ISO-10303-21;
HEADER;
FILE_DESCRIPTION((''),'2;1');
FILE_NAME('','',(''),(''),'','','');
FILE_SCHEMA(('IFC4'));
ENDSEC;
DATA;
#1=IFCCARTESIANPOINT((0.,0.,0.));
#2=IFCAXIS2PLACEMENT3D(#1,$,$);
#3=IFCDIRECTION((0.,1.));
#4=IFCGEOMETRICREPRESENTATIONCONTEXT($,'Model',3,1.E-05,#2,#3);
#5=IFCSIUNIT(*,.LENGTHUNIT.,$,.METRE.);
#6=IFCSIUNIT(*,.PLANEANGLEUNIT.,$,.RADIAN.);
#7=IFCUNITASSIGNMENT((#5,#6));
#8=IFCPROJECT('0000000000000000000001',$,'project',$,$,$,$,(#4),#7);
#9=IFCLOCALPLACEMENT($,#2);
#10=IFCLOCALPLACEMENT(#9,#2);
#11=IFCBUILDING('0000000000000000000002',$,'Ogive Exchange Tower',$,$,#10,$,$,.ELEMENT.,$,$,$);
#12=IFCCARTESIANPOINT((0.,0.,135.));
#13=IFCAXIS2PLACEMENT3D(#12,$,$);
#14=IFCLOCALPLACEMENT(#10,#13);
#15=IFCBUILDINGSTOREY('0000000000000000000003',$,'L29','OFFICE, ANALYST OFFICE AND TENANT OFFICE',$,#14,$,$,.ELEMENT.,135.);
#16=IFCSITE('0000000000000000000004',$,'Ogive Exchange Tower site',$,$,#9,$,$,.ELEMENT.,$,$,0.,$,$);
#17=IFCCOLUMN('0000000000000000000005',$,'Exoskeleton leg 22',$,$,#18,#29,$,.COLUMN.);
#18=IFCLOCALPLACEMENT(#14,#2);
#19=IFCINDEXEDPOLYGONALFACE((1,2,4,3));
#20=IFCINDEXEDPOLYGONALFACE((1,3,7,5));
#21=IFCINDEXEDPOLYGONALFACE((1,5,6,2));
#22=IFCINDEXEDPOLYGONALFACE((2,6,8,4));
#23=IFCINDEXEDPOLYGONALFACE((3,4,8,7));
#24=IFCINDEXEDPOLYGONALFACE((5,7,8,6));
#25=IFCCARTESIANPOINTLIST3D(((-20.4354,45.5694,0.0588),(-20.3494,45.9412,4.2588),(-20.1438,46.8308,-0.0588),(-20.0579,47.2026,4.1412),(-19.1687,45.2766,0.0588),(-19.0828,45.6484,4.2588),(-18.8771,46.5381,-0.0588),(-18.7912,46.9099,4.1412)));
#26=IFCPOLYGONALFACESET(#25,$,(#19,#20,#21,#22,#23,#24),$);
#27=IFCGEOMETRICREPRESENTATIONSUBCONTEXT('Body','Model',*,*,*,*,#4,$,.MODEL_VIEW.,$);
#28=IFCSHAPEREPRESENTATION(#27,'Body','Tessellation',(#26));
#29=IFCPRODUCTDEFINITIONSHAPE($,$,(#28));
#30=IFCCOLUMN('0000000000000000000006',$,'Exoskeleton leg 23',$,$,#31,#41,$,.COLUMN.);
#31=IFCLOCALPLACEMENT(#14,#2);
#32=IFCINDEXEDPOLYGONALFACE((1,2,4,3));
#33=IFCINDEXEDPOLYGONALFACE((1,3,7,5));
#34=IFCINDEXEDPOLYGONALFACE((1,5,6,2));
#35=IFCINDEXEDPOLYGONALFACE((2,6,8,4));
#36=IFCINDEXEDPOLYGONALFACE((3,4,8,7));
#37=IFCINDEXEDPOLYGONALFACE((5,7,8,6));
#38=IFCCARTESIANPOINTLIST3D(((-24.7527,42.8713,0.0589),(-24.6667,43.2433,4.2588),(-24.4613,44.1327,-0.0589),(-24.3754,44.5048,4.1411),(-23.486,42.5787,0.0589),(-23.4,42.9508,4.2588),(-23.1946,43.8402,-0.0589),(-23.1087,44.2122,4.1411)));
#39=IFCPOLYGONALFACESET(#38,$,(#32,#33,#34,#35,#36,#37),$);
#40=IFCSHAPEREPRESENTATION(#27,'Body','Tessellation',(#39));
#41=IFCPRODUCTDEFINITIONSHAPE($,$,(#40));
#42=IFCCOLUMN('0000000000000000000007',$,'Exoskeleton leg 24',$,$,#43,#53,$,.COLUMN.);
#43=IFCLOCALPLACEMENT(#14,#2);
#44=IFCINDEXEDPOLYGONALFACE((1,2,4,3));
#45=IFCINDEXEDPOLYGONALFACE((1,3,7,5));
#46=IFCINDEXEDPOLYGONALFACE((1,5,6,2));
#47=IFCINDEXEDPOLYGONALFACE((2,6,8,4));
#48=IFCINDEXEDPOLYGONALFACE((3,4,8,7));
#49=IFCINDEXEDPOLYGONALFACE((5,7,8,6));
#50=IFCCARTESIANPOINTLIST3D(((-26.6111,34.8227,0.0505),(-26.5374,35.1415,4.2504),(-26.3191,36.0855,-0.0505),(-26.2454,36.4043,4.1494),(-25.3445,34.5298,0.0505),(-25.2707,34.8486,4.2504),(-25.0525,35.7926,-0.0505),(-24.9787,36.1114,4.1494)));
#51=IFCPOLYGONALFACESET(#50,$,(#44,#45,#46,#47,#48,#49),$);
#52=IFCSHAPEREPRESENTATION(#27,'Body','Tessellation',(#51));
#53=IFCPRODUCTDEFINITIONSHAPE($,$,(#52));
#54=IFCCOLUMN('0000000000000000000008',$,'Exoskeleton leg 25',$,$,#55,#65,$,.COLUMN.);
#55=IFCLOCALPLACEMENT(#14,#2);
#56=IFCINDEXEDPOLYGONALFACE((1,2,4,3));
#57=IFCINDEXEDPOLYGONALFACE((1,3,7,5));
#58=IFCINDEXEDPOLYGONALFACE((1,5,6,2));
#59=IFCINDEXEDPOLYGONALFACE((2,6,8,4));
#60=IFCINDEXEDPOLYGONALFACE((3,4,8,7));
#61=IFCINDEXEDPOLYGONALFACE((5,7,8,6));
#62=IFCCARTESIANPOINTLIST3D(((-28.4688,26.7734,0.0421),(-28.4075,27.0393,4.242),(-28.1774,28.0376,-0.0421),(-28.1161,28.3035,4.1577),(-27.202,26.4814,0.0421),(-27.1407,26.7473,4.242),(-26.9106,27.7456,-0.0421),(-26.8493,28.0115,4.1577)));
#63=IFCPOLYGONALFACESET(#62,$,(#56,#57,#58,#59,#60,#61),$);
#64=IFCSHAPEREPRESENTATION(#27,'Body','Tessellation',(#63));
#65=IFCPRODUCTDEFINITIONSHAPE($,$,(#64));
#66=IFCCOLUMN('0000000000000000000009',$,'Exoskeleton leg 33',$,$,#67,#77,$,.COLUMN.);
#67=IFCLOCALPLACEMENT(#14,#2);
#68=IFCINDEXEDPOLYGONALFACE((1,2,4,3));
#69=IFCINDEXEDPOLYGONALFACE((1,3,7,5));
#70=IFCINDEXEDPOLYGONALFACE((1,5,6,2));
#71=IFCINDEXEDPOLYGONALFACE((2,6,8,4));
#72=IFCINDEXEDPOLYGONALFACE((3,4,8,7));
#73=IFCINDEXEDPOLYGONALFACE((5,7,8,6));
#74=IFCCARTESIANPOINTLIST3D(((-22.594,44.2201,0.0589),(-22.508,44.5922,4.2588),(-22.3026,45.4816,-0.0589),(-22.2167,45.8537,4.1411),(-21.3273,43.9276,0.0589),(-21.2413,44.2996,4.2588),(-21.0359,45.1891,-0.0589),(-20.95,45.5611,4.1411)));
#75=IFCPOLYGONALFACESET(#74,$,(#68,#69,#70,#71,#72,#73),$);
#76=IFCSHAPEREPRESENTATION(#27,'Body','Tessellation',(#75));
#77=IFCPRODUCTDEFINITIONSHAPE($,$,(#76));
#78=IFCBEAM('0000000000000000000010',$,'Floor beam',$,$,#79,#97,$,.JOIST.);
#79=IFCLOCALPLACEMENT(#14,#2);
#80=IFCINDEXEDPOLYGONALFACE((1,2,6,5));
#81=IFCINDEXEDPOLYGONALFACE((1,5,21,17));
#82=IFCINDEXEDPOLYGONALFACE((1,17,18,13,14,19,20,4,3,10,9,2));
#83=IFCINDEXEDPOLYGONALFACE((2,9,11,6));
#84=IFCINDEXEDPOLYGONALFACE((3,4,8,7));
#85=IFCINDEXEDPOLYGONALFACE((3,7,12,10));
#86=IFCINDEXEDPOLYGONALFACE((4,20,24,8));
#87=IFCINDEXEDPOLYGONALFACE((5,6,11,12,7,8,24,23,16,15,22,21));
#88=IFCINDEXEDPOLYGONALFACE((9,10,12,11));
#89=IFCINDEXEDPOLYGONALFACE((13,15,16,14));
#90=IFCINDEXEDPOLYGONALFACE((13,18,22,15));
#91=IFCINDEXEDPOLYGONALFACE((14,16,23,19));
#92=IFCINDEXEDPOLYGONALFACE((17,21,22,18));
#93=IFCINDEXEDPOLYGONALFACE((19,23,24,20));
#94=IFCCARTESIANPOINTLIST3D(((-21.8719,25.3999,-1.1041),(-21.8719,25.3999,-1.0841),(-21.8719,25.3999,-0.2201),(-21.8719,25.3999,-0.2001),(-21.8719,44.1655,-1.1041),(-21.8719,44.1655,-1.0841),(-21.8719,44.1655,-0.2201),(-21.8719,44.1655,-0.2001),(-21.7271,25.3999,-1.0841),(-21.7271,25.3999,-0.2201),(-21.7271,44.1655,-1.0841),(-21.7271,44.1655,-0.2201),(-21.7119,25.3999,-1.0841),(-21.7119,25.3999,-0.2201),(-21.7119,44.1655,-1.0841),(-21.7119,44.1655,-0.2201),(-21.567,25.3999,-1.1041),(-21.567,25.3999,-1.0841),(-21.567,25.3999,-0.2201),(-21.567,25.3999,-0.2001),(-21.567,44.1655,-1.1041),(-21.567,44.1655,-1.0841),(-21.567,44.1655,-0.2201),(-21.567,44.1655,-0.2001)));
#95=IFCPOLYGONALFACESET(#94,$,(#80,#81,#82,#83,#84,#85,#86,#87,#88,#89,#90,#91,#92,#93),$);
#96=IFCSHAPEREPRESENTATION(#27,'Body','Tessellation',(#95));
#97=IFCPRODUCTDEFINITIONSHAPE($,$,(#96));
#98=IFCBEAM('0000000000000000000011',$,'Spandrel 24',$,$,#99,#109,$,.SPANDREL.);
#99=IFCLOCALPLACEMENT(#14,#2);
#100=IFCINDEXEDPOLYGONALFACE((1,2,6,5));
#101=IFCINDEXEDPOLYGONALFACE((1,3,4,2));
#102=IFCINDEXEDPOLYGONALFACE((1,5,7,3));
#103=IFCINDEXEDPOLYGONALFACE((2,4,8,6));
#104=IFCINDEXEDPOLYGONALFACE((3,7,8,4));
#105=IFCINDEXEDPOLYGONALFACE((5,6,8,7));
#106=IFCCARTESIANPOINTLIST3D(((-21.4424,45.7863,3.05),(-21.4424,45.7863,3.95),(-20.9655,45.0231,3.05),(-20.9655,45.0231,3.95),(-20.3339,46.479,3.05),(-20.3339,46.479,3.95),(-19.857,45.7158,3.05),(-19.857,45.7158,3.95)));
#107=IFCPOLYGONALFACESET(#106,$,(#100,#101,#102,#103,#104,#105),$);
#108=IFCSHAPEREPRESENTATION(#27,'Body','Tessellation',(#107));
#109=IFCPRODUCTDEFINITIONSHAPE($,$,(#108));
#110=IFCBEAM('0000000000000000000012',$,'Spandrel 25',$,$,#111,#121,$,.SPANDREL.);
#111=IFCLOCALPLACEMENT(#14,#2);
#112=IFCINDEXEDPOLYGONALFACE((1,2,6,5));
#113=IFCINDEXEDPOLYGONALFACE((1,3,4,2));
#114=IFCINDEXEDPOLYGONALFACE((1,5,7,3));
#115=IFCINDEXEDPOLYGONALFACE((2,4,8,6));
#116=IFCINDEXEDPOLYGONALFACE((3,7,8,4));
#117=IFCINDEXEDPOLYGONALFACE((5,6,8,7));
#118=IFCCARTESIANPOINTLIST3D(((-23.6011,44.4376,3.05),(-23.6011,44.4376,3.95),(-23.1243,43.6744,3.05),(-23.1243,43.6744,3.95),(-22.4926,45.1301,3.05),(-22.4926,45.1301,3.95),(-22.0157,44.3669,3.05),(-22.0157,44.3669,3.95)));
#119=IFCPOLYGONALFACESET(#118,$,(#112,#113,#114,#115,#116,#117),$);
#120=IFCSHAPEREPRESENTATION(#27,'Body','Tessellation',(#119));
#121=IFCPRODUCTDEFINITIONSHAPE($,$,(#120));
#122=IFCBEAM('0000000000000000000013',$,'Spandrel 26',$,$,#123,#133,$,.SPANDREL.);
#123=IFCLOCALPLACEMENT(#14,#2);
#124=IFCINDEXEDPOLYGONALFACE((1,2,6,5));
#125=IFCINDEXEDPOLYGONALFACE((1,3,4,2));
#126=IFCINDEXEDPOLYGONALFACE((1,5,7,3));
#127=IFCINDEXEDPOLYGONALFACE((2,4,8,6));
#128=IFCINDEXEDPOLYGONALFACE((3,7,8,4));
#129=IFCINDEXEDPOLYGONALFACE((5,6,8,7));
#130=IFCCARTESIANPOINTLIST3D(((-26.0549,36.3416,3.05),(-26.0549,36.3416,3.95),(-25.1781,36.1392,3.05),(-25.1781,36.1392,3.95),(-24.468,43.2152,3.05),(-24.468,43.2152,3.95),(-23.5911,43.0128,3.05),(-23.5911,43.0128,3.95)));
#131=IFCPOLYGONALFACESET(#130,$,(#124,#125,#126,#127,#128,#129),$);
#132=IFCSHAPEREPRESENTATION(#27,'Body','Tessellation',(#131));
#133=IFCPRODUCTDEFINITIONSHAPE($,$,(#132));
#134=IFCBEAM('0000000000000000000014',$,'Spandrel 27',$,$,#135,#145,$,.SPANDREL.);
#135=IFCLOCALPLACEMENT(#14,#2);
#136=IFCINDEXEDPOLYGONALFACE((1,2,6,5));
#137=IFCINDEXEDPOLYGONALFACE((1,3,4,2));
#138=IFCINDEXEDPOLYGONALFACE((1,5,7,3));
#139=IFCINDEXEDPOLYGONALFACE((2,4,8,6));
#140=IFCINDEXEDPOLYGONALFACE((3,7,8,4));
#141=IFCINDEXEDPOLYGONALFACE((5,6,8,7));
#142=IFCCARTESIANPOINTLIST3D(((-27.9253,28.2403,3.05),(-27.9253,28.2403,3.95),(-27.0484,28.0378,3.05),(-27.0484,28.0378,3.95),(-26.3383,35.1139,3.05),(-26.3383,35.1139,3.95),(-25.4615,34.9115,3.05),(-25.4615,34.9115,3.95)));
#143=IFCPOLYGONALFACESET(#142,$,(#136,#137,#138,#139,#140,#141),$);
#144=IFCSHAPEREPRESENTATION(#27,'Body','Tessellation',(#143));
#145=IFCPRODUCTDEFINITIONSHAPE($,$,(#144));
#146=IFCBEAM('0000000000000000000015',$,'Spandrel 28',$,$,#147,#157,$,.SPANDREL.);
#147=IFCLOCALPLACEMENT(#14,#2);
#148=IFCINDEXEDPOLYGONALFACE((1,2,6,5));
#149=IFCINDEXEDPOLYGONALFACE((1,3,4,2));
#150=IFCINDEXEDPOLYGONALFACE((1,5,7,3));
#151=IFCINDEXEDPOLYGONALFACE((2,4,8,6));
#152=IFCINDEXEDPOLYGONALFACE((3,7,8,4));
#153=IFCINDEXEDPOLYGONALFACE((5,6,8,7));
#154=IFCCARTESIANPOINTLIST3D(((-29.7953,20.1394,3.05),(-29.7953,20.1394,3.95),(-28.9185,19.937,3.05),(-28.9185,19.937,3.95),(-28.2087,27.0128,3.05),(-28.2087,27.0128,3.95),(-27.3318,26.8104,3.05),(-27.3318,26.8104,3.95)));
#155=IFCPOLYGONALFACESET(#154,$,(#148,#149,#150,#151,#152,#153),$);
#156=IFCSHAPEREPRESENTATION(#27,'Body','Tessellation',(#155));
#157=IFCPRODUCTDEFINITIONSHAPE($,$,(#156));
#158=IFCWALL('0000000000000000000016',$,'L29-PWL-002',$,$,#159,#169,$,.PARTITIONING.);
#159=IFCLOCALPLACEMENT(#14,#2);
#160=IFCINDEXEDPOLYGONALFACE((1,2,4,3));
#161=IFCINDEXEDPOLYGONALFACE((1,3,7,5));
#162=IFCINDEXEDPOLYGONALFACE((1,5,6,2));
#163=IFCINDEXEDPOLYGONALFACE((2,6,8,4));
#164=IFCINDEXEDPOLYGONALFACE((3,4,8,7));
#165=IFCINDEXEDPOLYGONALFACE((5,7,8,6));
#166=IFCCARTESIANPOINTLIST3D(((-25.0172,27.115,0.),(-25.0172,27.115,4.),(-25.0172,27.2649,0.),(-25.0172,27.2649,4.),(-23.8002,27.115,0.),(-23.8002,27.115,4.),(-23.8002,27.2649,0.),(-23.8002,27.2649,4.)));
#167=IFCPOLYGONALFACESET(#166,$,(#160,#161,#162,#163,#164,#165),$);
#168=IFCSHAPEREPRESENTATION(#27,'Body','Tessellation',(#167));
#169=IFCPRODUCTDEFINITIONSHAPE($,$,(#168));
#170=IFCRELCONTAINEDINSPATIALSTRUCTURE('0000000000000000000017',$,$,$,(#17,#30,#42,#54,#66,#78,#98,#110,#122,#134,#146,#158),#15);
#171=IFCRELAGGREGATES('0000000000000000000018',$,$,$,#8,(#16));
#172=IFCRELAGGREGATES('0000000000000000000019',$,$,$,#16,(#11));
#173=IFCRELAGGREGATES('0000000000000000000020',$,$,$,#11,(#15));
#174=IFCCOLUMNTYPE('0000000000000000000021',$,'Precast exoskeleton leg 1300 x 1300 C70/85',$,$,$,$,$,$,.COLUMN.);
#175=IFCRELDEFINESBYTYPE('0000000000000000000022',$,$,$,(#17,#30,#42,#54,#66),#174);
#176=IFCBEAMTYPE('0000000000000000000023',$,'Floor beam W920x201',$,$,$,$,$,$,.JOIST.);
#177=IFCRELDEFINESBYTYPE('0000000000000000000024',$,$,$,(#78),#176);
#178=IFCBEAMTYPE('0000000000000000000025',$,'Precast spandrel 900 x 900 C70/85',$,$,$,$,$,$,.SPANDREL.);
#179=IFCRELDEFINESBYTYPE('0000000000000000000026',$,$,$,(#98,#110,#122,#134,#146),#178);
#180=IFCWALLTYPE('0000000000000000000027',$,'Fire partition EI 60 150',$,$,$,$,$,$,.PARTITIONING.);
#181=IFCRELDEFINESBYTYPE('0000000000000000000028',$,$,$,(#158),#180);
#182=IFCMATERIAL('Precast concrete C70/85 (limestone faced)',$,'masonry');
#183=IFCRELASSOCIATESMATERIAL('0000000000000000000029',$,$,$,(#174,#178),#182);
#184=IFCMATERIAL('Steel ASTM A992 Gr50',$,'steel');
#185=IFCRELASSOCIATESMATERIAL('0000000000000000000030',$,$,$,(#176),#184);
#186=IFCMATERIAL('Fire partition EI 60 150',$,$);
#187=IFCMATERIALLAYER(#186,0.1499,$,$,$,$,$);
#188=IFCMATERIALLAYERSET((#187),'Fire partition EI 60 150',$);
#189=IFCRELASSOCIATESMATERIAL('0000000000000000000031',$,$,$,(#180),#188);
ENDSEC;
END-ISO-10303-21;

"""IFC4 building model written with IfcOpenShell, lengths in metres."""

from ifc_helpers import new_model, si_unit, direction, frame, frame_2d, origin, origin_2d, place, context, subcontext, project, spatial, rectangle, i_section, extrude, material, layer, layer_set, material_profile, profile_set, type_object, element, save


model = new_model("IFC4")

# Units and contexts
model_context = context("Model", 3, precision=1e-05, world=origin(), true_north=direction((0.0, 1.0)))
body_context = subcontext(model_context, "Body", "Model", "MODEL_VIEW")
ifc_project = project(units=[si_unit("LENGTHUNIT", "METRE"), si_unit("PLANEANGLEUNIT", "RADIAN")], contexts=[model_context])

# Site, building, storey
site_placement = place(None, origin())
site = spatial("IfcSite", under=ifc_project, at=site_placement, Name="Ogive Exchange Tower site", CompositionType="ELEMENT", RefElevation=0.0)
building_placement = place(site_placement, origin())
building = spatial("IfcBuilding", under=site, at=building_placement, Name="Ogive Exchange Tower", CompositionType="ELEMENT")
storey_placement = place(building_placement, frame((0.0, 0.0, 135.0)))
storey = spatial("IfcBuildingStorey", under=building, at=storey_placement, Name="L29", Description="OFFICE, ANALYST OFFICE AND TENANT OFFICE", CompositionType="ELEMENT", Elevation=135.0)

# Columns
ifc_material_1 = material(Name="Precast concrete C70/85 (limestone faced)", Category="masonry")
ifc_material_profile_1 = material_profile(ifc_material_1, rectangle(XDim=1.3, YDim=1.3, at=origin_2d()), Name="1300 x 1300")
ifc_profile_set_1 = profile_set([ifc_material_profile_1], Name="Precast concrete C70/85 (limestone faced)")
column_type = type_object("IfcColumnType", Name="Precast exoskeleton leg 1300 x 1300 C70/85", PredefinedType="COLUMN", material=ifc_profile_set_1)
for number, where, z_axis, x_axis, name in (
    (1, (-19.6562, 46.0537, 0.0), (0.020378, 0.088168, 0.995897), (-0.974316, 0.225187, 0.0), "Exoskeleton leg 22"),
    (2, (-23.9736, 43.3557, 0.0), (0.020377, 0.088225, 0.995892), (-0.974348, 0.225046, 0.0), "Exoskeleton leg 23"),
):
    element("IfcColumn", number, at=place(storey_placement, frame(where, z_axis=z_axis, x_axis=x_axis)), inside=storey, type_object=column_type, Name=name, PredefinedType="COLUMN", context=body_context, shape_type="SweptSolid", body=[
        extrude(rectangle(XDim=1.3, YDim=1.3, at=origin_2d()), origin(), (0.0, 0.0, 1.0), 4.2173),
    ])
column_1_placement = place(storey_placement, frame((-25.8318, 35.3076, 0.0), z_axis=(0.017502, 0.075688, 0.996978), x_axis=(-0.974291, 0.225295, 0.0)))
element("IfcColumn", 3, at=column_1_placement, inside=storey, type_object=column_type, Name="Exoskeleton leg 24", PredefinedType="COLUMN", context=body_context, shape_type="SweptSolid", body=[
    extrude(rectangle(XDim=1.3, YDim=1.3, at=origin_2d()), origin(), (0.0, 0.0, 1.0), 4.2126),
])
column_2_placement = place(storey_placement, frame((-27.6897, 27.2595, 0.0), z_axis=(0.01456, 0.06317, 0.997897), x_axis=(-0.974451, 0.224598, 0.0)))
element("IfcColumn", 4, at=column_2_placement, inside=storey, type_object=column_type, Name="Exoskeleton leg 25", PredefinedType="COLUMN", context=body_context, shape_type="SweptSolid", body=[
    extrude(rectangle(XDim=1.3, YDim=1.3, at=origin_2d()), origin(), (0.0, 0.0, 1.0), 4.2087),
])
column_3_placement = place(storey_placement, frame((-21.8149, 44.7046, 0.0), z_axis=(0.020377, 0.088225, 0.995892), x_axis=(-0.974348, 0.225046, 0.0)))
element("IfcColumn", 5, at=column_3_placement, inside=storey, type_object=column_type, Name="Exoskeleton leg 33", PredefinedType="COLUMN", context=body_context, shape_type="SweptSolid", body=[
    extrude(rectangle(XDim=1.3, YDim=1.3, at=origin_2d()), origin(), (0.0, 0.0, 1.0), 4.2173),
])

# Beams
ifc_material_2 = material(Name="Steel ASTM A992 Gr50", Category="steel")
ifc_material_profile_2 = material_profile(ifc_material_2, i_section(OverallWidth=0.3049, OverallDepth=0.9041, WebThickness=0.0151, FlangeThickness=0.02, at=origin_2d()), Name="W920x201")
ifc_profile_set_2 = profile_set([ifc_material_profile_2], Name="Steel ASTM A992 Gr50")
beam_type_1 = type_object("IfcBeamType", Name="Floor beam W920x201", PredefinedType="JOIST", material=ifc_profile_set_2)
beam_1_placement = place(storey_placement, frame((-21.7195, 25.3999, -0.6521), z_axis=(0.0, 1.0, 0.0), x_axis=(-1.0, 0.0, 0.0)))
element("IfcBeam", 6, at=beam_1_placement, inside=storey, type_object=beam_type_1, Name="Floor beam", PredefinedType="JOIST", context=body_context, shape_type="SweptSolid", body=[
    extrude(i_section(OverallWidth=0.3049, OverallDepth=0.9041, WebThickness=0.0151, FlangeThickness=0.02, at=origin_2d()), origin(), (0.0, 0.0, 1.0), 18.7656),
])
ifc_material_profile_3 = material_profile(ifc_material_1, rectangle(XDim=0.8999, YDim=0.8999, at=origin_2d()), Name="900 x 900")
ifc_profile_set_3 = profile_set([ifc_material_profile_3], Name="Precast concrete C70/85 (limestone faced)")
beam_type_2 = type_object("IfcBeamType", Name="Precast spandrel 900 x 900 C70/85", PredefinedType="SPANDREL", material=ifc_profile_set_3)
for number, where, z_axis, x_axis, name in (
    (7, (-20.0955, 46.0974, 3.5), (-0.84804, -0.529932, 0.0), (0.529932, -0.84804, 0.0), "Spandrel 24"),
    (8, (-22.2542, 44.7485, 3.5), (-0.848093, -0.529848, 0.0), (0.529848, -0.848093, 0.0), "Spandrel 25"),
):
    element("IfcBeam", number, at=place(storey_placement, frame(where, z_axis=z_axis, x_axis=x_axis)), inside=storey, type_object=beam_type_2, Name=name, PredefinedType="SPANDREL", context=body_context, shape_type="SweptSolid", body=[
        extrude(rectangle(XDim=0.8999, YDim=0.8999, at=origin_2d()), origin(), (0.0, 0.0, 1.0), 1.3071),
    ])
for number, where, z_axis, x_axis, name in (
    (9, (-24.0295, 43.114, 3.5), (-0.224956, -0.974369, 0.0), (0.974369, -0.224956, 0.0), "Spandrel 26"),
    (10, (-25.8999, 35.0127, 3.5), (-0.224956, -0.974369, 0.0), (0.974369, -0.224956, 0.0), "Spandrel 27"),
):
    element("IfcBeam", number, at=place(storey_placement, frame(where, z_axis=z_axis, x_axis=x_axis)), inside=storey, type_object=beam_type_2, Name=name, PredefinedType="SPANDREL", context=body_context, shape_type="SweptSolid", body=[
        extrude(rectangle(XDim=0.8999, YDim=0.8999, at=origin_2d()), origin(), (0.0, 0.0, 1.0), 7.0544),
    ])
beam_2_placement = place(storey_placement, frame((-27.7703, 26.9116, 3.5), z_axis=(-0.224923, -0.974377, 0.0), x_axis=(0.974377, -0.224923, 0.0)))
element("IfcBeam", 11, at=beam_2_placement, inside=storey, type_object=beam_type_2, Name="Spandrel 28", PredefinedType="SPANDREL", context=body_context, shape_type="SweptSolid", body=[
    extrude(rectangle(XDim=0.8999, YDim=0.8999, at=origin_2d()), origin(), (0.0, 0.0, 1.0), 7.0542),
])

# Wall
ifc_material_3 = material(Name="Fire partition EI 60 150")
ifc_layer_1 = layer(ifc_material_3, 0.1499)
ifc_layer_set_1 = layer_set([ifc_layer_1], Name="Fire partition EI 60 150")
wall_type_1 = type_object("IfcWallType", Name="Fire partition EI 60 150", PredefinedType="PARTITIONING", material=ifc_layer_set_1)
wall_1_placement = place(storey_placement, frame((-25.0171, 27.1899, 0.0), z_axis=(0.0, 0.0, 1.0), x_axis=(1.0, 0.0, 0.0)))
element("IfcWall", 12, at=wall_1_placement, inside=storey, type_object=wall_type_1, Name="L29-PWL-002", PredefinedType="PARTITIONING", context=body_context, shape_type="SweptSolid", body=[
    extrude(rectangle(XDim=1.217, YDim=0.1499, at=frame_2d((0.6084, 0.0))), origin(), (0.0, 0.0, 1.0), 4.0),
])

save(model, "model.ifc")
